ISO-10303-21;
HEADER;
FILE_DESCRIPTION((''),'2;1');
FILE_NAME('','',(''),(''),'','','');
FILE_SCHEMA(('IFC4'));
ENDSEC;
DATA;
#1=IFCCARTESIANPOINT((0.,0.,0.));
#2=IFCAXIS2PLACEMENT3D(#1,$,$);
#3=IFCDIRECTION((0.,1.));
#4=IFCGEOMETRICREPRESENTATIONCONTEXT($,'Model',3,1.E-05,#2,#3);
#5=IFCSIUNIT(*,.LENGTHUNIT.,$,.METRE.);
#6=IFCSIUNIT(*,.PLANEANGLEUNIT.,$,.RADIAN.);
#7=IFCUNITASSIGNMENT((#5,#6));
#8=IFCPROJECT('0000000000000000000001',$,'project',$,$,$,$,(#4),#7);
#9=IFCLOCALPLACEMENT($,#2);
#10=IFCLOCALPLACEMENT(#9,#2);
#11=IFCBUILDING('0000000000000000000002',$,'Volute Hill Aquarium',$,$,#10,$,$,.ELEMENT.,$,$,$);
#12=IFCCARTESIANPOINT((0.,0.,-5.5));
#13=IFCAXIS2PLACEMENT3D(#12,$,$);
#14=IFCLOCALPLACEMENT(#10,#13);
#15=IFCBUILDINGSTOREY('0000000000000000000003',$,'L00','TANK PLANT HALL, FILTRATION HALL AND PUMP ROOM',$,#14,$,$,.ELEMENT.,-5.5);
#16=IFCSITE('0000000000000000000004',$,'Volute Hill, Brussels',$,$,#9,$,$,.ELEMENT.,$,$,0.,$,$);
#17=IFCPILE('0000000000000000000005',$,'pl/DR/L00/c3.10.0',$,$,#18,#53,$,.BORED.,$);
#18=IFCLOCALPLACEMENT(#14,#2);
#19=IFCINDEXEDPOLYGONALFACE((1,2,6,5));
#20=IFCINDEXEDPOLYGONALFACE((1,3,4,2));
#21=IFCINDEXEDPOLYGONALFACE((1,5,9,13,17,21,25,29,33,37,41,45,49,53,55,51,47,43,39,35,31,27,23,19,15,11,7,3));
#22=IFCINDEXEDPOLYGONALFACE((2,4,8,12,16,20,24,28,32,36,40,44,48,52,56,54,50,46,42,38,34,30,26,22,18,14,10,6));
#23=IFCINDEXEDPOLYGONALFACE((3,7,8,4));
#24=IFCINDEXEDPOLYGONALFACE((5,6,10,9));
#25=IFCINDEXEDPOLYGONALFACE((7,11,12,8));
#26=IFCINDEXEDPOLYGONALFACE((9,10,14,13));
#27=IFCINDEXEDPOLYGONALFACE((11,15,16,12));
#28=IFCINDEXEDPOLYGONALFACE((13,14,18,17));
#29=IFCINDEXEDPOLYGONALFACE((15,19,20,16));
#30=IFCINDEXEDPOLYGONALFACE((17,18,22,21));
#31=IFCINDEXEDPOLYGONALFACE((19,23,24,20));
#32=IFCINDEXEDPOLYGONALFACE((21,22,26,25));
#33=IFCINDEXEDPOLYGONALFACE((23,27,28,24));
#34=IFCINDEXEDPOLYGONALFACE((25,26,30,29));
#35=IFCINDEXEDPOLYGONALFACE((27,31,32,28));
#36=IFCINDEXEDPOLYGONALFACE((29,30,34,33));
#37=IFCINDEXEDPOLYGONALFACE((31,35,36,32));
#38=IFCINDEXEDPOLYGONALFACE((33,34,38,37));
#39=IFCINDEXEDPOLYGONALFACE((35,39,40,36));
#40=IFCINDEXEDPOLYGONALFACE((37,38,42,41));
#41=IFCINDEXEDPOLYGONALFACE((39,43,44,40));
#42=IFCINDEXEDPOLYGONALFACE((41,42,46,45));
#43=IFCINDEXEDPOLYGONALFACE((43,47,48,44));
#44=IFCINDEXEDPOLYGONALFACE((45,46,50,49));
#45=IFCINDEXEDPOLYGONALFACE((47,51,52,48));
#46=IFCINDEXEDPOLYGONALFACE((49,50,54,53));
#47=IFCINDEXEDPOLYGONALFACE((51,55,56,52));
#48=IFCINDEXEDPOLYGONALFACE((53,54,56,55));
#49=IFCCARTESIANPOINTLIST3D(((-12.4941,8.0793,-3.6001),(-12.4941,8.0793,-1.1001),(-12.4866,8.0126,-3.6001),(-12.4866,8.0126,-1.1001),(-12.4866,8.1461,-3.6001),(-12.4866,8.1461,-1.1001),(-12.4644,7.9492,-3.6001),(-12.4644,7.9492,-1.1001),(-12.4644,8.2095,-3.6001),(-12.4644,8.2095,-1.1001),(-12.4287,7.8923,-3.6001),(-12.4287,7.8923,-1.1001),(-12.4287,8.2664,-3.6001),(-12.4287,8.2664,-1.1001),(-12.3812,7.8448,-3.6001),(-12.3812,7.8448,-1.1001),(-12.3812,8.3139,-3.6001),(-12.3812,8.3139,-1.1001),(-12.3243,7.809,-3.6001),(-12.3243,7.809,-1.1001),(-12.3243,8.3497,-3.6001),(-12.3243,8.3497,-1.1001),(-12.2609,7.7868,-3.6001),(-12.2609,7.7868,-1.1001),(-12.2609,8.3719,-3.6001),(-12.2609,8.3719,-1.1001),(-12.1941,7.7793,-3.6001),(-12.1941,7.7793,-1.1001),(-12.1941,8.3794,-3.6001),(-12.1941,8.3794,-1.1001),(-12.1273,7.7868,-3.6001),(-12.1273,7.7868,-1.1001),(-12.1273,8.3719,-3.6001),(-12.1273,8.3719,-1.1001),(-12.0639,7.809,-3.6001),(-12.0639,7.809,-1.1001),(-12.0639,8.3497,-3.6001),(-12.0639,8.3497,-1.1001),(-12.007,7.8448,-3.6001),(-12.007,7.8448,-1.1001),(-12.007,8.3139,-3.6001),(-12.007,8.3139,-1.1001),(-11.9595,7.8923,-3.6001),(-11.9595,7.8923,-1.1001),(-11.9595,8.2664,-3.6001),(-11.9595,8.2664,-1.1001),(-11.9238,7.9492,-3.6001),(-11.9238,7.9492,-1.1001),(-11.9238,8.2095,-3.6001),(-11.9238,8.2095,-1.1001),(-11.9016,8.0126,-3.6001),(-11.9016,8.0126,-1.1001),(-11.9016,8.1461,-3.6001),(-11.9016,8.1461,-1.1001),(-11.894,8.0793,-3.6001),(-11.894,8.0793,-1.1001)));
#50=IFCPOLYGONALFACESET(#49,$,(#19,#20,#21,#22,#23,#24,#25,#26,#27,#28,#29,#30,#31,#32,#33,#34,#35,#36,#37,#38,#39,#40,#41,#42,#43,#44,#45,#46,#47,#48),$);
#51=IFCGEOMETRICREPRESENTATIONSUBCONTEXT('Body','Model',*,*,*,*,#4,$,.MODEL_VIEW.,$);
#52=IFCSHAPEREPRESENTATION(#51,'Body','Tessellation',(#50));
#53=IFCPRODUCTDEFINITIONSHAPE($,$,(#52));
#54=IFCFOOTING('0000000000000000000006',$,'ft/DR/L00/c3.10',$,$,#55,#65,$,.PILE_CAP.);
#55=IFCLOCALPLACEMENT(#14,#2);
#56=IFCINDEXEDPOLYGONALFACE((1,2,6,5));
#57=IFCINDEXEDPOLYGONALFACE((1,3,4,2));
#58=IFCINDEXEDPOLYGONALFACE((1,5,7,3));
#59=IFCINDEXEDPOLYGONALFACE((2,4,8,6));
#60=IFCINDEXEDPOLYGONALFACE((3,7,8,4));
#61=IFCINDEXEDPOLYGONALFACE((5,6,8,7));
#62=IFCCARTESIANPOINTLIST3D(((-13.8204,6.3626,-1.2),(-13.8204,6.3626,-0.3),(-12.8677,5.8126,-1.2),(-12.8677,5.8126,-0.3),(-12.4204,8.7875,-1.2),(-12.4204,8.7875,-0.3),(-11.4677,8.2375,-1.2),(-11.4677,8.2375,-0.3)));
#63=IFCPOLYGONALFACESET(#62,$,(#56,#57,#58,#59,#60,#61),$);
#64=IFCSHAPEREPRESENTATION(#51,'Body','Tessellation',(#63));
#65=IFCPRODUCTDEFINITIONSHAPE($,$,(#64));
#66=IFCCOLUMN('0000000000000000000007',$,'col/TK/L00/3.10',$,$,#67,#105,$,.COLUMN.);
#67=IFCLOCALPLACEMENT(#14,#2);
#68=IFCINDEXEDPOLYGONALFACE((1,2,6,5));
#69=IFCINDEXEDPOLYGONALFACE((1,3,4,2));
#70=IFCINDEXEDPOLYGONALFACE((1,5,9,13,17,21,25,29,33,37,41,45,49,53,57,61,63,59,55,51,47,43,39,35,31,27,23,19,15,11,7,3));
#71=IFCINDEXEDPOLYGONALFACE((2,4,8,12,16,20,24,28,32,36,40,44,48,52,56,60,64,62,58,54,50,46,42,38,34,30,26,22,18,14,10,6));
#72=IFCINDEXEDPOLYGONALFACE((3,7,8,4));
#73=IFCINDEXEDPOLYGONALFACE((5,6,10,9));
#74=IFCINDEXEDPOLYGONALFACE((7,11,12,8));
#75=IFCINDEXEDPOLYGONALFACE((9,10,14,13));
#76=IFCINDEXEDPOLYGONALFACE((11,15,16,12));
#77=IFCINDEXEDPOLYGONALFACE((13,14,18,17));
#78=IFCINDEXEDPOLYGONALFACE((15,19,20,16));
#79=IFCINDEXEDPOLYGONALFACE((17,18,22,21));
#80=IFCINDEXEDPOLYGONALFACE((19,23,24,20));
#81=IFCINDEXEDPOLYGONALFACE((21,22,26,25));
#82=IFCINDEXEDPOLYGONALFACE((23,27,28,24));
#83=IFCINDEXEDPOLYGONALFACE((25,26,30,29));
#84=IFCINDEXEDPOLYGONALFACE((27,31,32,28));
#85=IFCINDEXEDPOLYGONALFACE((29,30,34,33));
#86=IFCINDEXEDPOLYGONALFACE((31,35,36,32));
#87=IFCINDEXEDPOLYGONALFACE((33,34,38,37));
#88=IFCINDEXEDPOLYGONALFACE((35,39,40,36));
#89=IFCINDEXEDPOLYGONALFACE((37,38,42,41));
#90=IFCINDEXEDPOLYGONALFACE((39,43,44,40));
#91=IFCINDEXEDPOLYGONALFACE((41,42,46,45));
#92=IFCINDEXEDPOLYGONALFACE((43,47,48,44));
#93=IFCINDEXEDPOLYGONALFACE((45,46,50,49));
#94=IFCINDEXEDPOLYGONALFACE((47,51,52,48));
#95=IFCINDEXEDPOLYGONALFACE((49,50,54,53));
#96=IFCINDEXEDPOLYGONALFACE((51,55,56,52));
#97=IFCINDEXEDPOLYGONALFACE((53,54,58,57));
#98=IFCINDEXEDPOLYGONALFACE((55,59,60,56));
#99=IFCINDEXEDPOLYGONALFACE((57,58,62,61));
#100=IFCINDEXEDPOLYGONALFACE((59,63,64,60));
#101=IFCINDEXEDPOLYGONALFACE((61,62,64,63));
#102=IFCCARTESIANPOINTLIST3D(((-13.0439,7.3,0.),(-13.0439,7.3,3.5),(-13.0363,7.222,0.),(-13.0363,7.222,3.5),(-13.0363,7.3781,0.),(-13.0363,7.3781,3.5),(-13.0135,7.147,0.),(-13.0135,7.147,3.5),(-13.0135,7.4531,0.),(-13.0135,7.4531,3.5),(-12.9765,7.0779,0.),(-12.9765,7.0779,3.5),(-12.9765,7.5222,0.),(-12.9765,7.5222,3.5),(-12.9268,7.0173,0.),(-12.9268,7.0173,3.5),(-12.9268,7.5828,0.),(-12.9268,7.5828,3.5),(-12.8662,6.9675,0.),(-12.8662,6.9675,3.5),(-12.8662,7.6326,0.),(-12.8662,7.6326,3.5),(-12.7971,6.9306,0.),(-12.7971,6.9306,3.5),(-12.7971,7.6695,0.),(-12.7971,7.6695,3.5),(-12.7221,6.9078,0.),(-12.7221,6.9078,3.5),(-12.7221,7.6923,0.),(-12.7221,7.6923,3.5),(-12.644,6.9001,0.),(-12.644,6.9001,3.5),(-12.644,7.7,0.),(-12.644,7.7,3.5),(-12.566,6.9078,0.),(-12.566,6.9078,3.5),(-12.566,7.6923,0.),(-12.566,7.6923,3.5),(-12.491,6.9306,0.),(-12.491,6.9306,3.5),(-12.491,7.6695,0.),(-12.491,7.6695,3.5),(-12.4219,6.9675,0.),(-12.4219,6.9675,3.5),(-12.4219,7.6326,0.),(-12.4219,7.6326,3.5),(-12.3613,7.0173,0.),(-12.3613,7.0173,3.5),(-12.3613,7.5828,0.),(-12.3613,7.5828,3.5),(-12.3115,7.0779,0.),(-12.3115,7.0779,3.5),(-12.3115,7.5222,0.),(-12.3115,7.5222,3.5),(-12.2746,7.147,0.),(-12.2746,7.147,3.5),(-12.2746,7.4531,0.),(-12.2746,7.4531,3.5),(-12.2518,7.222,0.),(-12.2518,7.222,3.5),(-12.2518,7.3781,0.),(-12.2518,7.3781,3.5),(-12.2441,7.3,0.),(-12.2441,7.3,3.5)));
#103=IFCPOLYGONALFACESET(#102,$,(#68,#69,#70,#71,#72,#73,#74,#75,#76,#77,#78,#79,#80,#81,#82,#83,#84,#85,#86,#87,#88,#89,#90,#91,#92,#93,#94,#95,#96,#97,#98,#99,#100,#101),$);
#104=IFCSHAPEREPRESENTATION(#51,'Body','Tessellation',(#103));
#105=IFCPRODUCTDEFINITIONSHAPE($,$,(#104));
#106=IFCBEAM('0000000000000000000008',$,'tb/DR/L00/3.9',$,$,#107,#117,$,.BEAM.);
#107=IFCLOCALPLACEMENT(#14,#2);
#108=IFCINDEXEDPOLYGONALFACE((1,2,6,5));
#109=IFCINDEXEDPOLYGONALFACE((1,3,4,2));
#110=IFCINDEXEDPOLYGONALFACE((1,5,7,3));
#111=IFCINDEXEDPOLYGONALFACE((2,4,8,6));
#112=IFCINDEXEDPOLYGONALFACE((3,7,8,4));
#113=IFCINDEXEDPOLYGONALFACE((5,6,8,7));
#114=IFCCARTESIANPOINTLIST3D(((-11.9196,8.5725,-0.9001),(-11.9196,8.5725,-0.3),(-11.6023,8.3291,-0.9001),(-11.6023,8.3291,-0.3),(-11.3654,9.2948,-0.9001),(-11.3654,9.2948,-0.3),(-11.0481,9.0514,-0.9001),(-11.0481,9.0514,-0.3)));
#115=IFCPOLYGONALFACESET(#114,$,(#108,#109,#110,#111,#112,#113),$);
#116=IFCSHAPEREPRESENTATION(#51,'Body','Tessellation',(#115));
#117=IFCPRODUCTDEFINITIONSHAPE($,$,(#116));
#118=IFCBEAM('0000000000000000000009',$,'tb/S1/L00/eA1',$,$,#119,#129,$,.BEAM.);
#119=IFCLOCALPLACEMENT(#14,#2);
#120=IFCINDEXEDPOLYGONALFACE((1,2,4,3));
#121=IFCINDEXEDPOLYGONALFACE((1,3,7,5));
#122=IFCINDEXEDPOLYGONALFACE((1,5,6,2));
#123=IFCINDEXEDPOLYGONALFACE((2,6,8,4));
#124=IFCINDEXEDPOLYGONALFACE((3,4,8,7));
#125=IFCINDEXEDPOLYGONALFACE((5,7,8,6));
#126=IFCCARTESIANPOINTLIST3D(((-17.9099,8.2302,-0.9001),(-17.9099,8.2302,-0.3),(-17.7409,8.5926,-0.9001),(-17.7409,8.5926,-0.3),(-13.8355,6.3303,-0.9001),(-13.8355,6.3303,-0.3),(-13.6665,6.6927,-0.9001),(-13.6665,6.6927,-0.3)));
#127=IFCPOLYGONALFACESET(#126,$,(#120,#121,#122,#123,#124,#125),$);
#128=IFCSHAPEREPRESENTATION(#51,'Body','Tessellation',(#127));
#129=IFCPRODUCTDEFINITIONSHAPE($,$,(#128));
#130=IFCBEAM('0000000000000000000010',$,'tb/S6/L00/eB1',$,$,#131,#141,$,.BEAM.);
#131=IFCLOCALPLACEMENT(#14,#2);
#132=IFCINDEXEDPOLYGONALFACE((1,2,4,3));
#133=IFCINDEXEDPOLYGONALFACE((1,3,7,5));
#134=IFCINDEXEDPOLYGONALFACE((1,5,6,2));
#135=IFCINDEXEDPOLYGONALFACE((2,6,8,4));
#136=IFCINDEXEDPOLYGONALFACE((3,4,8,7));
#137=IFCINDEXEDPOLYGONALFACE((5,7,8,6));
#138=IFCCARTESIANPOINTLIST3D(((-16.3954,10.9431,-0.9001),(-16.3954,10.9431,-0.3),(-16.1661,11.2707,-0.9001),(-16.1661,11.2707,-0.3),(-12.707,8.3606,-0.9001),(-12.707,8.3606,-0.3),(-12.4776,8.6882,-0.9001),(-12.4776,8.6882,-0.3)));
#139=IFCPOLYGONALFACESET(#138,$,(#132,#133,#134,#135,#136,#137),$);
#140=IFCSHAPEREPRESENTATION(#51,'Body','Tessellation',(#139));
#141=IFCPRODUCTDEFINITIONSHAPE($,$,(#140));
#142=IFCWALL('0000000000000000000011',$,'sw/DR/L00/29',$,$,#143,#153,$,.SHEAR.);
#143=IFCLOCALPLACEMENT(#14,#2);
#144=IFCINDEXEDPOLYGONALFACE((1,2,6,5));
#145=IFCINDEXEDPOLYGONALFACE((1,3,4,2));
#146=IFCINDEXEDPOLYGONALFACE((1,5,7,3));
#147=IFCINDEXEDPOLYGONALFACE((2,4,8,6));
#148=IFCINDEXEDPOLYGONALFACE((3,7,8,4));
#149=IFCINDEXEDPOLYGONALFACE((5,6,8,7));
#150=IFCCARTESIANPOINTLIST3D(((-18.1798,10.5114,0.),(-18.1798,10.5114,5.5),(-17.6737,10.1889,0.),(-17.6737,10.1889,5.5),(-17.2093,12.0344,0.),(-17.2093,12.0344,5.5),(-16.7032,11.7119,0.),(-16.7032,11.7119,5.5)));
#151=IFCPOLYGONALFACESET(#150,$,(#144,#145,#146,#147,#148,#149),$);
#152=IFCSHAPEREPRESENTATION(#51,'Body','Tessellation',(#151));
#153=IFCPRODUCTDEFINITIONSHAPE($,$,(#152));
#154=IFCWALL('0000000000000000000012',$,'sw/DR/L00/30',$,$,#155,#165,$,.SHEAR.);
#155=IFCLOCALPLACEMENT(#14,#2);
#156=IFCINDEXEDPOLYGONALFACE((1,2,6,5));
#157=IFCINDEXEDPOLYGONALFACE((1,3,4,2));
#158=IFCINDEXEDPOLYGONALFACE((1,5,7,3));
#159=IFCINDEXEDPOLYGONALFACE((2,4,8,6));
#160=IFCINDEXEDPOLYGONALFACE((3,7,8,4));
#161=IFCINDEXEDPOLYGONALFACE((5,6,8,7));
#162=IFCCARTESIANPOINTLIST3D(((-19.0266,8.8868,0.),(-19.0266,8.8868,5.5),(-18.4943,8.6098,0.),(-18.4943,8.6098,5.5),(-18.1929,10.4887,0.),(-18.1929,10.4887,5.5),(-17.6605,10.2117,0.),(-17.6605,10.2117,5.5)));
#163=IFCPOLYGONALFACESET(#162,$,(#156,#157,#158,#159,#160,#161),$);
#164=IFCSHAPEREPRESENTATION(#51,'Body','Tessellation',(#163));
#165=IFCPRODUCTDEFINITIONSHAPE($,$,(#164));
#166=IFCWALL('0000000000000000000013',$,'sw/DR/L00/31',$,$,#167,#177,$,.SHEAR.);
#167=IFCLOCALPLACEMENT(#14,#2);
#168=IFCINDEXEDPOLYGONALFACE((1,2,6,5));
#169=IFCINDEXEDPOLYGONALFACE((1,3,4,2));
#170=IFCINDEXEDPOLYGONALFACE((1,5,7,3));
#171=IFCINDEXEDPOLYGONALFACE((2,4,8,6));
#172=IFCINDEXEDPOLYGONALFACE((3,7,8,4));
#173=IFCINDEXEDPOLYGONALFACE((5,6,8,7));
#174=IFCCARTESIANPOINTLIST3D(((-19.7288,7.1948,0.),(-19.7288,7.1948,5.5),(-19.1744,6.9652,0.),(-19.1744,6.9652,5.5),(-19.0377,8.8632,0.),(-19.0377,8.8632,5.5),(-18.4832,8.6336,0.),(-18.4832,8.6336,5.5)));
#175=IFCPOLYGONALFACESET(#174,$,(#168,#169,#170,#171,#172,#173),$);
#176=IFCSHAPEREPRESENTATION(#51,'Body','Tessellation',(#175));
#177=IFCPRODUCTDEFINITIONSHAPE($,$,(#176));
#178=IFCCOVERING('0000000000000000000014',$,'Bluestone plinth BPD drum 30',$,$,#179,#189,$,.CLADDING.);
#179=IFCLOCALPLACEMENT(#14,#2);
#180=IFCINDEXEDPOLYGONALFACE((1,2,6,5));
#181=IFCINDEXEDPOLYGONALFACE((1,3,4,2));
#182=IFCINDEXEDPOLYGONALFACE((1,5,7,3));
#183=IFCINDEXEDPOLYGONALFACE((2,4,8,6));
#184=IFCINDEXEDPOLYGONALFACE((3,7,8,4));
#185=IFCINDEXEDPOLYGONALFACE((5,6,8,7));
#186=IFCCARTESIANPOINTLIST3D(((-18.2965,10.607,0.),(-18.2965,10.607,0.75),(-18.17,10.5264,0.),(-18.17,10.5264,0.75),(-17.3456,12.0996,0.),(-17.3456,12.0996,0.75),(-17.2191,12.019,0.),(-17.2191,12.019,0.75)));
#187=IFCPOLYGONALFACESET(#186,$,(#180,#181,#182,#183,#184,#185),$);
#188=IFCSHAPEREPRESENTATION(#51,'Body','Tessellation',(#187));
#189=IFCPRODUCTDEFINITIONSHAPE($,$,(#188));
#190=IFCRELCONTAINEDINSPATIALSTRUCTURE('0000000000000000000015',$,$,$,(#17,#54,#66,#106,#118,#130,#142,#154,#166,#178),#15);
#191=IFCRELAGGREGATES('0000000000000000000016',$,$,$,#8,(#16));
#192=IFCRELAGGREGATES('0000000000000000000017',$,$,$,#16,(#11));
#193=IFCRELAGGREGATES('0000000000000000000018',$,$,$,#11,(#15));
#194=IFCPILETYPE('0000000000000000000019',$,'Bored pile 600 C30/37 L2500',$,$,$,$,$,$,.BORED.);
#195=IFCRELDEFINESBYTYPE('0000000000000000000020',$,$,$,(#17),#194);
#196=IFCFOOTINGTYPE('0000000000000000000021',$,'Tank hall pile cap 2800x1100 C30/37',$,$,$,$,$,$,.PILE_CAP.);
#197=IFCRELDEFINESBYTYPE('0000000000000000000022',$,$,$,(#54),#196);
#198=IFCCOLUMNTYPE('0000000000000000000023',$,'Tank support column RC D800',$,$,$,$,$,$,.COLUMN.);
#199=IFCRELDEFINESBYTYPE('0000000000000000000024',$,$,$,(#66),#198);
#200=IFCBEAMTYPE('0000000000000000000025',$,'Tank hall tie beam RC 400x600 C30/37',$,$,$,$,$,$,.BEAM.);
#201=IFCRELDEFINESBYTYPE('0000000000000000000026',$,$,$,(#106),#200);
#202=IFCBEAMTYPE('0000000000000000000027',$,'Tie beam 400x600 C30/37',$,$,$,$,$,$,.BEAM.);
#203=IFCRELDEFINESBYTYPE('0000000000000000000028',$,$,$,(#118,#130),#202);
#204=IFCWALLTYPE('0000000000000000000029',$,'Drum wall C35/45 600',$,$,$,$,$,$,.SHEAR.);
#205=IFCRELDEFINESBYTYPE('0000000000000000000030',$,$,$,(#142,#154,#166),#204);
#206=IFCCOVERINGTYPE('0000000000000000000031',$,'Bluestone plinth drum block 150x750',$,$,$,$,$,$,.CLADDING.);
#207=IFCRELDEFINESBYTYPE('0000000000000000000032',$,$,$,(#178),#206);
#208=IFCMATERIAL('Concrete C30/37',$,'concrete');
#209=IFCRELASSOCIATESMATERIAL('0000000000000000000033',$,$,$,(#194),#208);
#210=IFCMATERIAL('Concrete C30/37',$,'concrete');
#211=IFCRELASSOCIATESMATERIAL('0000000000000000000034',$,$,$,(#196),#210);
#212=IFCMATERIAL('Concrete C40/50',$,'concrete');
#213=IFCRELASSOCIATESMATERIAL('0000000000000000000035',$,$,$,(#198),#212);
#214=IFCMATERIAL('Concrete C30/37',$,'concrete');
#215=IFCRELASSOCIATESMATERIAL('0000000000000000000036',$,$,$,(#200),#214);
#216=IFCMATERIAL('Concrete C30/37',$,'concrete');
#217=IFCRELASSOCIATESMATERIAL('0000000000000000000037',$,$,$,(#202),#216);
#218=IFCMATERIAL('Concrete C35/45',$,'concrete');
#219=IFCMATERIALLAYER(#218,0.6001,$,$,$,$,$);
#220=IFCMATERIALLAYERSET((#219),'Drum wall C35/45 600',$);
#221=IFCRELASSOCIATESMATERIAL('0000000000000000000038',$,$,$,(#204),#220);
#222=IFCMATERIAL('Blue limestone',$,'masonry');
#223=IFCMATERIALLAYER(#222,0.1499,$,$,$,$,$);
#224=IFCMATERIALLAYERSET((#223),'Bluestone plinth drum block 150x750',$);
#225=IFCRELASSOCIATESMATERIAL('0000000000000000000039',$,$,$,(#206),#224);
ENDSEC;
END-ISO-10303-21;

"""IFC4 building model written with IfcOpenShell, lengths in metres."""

from ifc_helpers import new_model, si_unit, direction, frame, frame_2d, origin, origin_2d, place, context, subcontext, project, spatial, rectangle, circle, extrude, material, layer, layer_set, material_profile, profile_set, type_object, element, save


model = new_model("IFC4")

# Units and contexts
model_context = context("Model", 3, precision=1e-05, world=origin(), true_north=direction((0.0, 1.0)))
body_context = subcontext(model_context, "Body", "Model", "MODEL_VIEW")
ifc_project = project(units=[si_unit("LENGTHUNIT", "METRE"), si_unit("PLANEANGLEUNIT", "RADIAN")], contexts=[model_context])

# Site, building, storey
site_placement = place(None, origin())
site = spatial("IfcSite", under=ifc_project, at=site_placement, Name="Volute Hill, Brussels", CompositionType="ELEMENT", RefElevation=0.0)
building_placement = place(site_placement, origin())
building = spatial("IfcBuilding", under=site, at=building_placement, Name="Volute Hill Aquarium", CompositionType="ELEMENT")
storey_placement = place(building_placement, frame((0.0, 0.0, -5.5)))
storey = spatial("IfcBuildingStorey", under=building, at=storey_placement, Name="L00", Description="TANK PLANT HALL, FILTRATION HALL AND PUMP ROOM", CompositionType="ELEMENT", Elevation=-5.5)

# Pile
ifc_material_1 = material(Name="Concrete C30/37", Category="concrete")
pile_type = type_object("IfcPileType", Name="Bored pile 600 C30/37 L2500", PredefinedType="BORED", material=ifc_material_1)
pile_placement = place(storey_placement, frame((-12.1941, 8.0793, -1.1001), z_axis=(0.0, 0.0, -1.0), x_axis=(1.0, 0.0, 0.0)))
element("IfcPile", 1, at=pile_placement, inside=storey, type_object=pile_type, Name="pl/DR/L00/c3.10.0", PredefinedType="BORED", context=body_context, shape_type="SweptSolid", body=[
    extrude(circle(Radius=0.3, at=origin_2d()), origin(), (0.0, 0.0, 1.0), 2.5),
])

# Footing
ifc_material_2 = material(Name="Concrete C30/37", Category="concrete")
footing_type = type_object("IfcFootingType", Name="Tank hall pile cap 2800x1100 C30/37", PredefinedType="PILE_CAP", material=ifc_material_2)
footing_placement = place(storey_placement, frame((-12.644, 7.3, -1.2), z_axis=(0.0, 0.0, 1.0), x_axis=(-0.5, -0.866025, 0.0)))
element("IfcFooting", 2, at=footing_placement, inside=storey, type_object=footing_type, Name="ft/DR/L00/c3.10", PredefinedType="PILE_CAP", context=body_context, shape_type="SweptSolid", body=[
    extrude(rectangle(XDim=2.8, YDim=1.1001, at=origin_2d()), origin(), (0.0, 0.0, 1.0), 0.8999),
])

# Column
ifc_material_3 = material(Name="Concrete C40/50", Category="concrete")
ifc_material_profile_1 = material_profile(ifc_material_3, circle(Radius=0.3999, at=origin_2d()), Name="RC round column D800")
ifc_profile_set_1 = profile_set([ifc_material_profile_1], Name="Concrete C40/50")
column_type = type_object("IfcColumnType", Name="Tank support column RC D800", PredefinedType="COLUMN", material=ifc_profile_set_1)
column_placement = place(storey_placement, frame((-12.644, 7.3, 0.0), z_axis=(0.0, 0.0, 1.0), x_axis=(1.0, 0.0, 0.0)))
element("IfcColumn", 3, at=column_placement, inside=storey, type_object=column_type, Name="col/TK/L00/3.10", PredefinedType="COLUMN", context=body_context, shape_type="SweptSolid", body=[
    extrude(circle(Radius=0.3999, at=origin_2d()), origin(), (0.0, 0.0, 1.0), 3.5),
])

# Beams
ifc_material_4 = material(Name="Concrete C30/37", Category="concrete")
ifc_material_profile_2 = material_profile(ifc_material_4, rectangle(XDim=0.3999, YDim=0.6001, at=origin_2d()), Name="RC tie beam 400x600")
ifc_profile_set_2 = profile_set([ifc_material_profile_2], Name="Concrete C30/37")
beam_type_1 = type_object("IfcBeamType", Name="Tank hall tie beam RC 400x600 C30/37", PredefinedType="BEAM", material=ifc_profile_set_2)
beam_1_placement = place(storey_placement, frame((-11.2068, 9.1731, -0.6001), z_axis=(-0.608674, -0.793421, 0.0), x_axis=(0.793421, -0.608674, 0.0)))
element("IfcBeam", 4, at=beam_1_placement, inside=storey, type_object=beam_type_1, Name="tb/DR/L00/3.9", PredefinedType="BEAM", context=body_context, shape_type="SweptSolid", body=[
    extrude(rectangle(XDim=0.3999, YDim=0.6001, at=origin_2d()), origin(), (0.0, 0.0, 1.0), 0.9104),
])
ifc_material_5 = material(Name="Concrete C30/37", Category="concrete")
ifc_material_profile_3 = material_profile(ifc_material_5, rectangle(XDim=0.3999, YDim=0.6001, at=origin_2d()), Name="RC tie beam 400x600")
ifc_profile_set_3 = profile_set([ifc_material_profile_3], Name="Concrete C30/37")
beam_type_2 = type_object("IfcBeamType", Name="Tie beam 400x600 C30/37", PredefinedType="BEAM", material=ifc_profile_set_3)
beam_2_placement = place(storey_placement, frame((-17.8254, 8.4114, -0.6001), z_axis=(0.906312, -0.422609, 0.0), x_axis=(0.422609, 0.906312, 0.0)))
element("IfcBeam", 5, at=beam_2_placement, inside=storey, type_object=beam_type_2, Name="tb/S1/L00/eA1", PredefinedType="BEAM", context=body_context, shape_type="SweptSolid", body=[
    extrude(rectangle(XDim=0.3999, YDim=0.6001, at=origin_2d()), origin(), (0.0, 0.0, 1.0), 4.4956),
])
beam_3_placement = place(storey_placement, frame((-16.2808, 11.1069, -0.6001), z_axis=(0.819171, -0.57355, 0.0), x_axis=(0.57355, 0.819171, 0.0)))
element("IfcBeam", 6, at=beam_3_placement, inside=storey, type_object=beam_type_2, Name="tb/S6/L00/eB1", PredefinedType="BEAM", context=body_context, shape_type="SweptSolid", body=[
    extrude(rectangle(XDim=0.3999, YDim=0.6001, at=origin_2d()), origin(), (0.0, 0.0, 1.0), 4.5027),
])

# Walls
ifc_material_6 = material(Name="Concrete C35/45", Category="concrete")
ifc_layer_1 = layer(ifc_material_6, 0.6001)
ifc_layer_set_1 = layer_set([ifc_layer_1], Name="Drum wall C35/45 600")
wall_type_1 = type_object("IfcWallType", Name="Drum wall C35/45 600", PredefinedType="SHEAR", material=ifc_layer_set_1)
for number, where, z_axis, x_axis, name in (
    (7, (-16.9563, 11.873, 0.0), (0.0, 0.0, 1.0), (-0.537392, -0.843333, 0.0), "sw/DR/L00/29"),
    (8, (-17.9268, 10.3501, 0.0), (0.0, 0.0, 1.0), (-0.461702, -0.887035, 0.0), "sw/DR/L00/30"),
    (9, (-18.7605, 8.7483, 0.0), (0.0, 0.0, 1.0), (-0.382714, -0.923867, 0.0), "sw/DR/L00/31"),
):
    element("IfcWall", number, at=place(storey_placement, frame(where, z_axis=z_axis, x_axis=x_axis)), inside=storey, type_object=wall_type_1, Name=name, PredefinedType="SHEAR", context=body_context, shape_type="SweptSolid", body=[
        extrude(rectangle(XDim=1.8059, YDim=0.6001, at=frame_2d((0.9028, 0.0))), origin(), (0.0, 0.0, 1.0), 5.5),
    ])

# Covering
ifc_material_7 = material(Name="Blue limestone", Category="masonry")
ifc_layer_2 = layer(ifc_material_7, 0.1499)
ifc_layer_set_2 = layer_set([ifc_layer_2], Name="Bluestone plinth drum block 150x750")
covering_type_1 = type_object("IfcCoveringType", Name="Bluestone plinth drum block 150x750", PredefinedType="CLADDING", material=ifc_layer_set_2)
for number, where, z_axis, x_axis, name in (
    (10, (-17.7578, 11.313, 0.0), (0.0, 0.0, 1.0), (-0.5373, -0.843391, 0.0), "Bluestone plinth BPD drum 30"),
):
    element("IfcCovering", number, at=place(storey_placement, frame(where, z_axis=z_axis, x_axis=x_axis)), inside=storey, type_object=covering_type_1, Name=name, PredefinedType="CLADDING", context=body_context, shape_type="SweptSolid", body=[
        extrude(rectangle(XDim=1.7698, YDim=0.1499, at=origin_2d()), origin(), (0.0, 0.0, 1.0), 0.75),
    ])

save(model, "model.ifc")
